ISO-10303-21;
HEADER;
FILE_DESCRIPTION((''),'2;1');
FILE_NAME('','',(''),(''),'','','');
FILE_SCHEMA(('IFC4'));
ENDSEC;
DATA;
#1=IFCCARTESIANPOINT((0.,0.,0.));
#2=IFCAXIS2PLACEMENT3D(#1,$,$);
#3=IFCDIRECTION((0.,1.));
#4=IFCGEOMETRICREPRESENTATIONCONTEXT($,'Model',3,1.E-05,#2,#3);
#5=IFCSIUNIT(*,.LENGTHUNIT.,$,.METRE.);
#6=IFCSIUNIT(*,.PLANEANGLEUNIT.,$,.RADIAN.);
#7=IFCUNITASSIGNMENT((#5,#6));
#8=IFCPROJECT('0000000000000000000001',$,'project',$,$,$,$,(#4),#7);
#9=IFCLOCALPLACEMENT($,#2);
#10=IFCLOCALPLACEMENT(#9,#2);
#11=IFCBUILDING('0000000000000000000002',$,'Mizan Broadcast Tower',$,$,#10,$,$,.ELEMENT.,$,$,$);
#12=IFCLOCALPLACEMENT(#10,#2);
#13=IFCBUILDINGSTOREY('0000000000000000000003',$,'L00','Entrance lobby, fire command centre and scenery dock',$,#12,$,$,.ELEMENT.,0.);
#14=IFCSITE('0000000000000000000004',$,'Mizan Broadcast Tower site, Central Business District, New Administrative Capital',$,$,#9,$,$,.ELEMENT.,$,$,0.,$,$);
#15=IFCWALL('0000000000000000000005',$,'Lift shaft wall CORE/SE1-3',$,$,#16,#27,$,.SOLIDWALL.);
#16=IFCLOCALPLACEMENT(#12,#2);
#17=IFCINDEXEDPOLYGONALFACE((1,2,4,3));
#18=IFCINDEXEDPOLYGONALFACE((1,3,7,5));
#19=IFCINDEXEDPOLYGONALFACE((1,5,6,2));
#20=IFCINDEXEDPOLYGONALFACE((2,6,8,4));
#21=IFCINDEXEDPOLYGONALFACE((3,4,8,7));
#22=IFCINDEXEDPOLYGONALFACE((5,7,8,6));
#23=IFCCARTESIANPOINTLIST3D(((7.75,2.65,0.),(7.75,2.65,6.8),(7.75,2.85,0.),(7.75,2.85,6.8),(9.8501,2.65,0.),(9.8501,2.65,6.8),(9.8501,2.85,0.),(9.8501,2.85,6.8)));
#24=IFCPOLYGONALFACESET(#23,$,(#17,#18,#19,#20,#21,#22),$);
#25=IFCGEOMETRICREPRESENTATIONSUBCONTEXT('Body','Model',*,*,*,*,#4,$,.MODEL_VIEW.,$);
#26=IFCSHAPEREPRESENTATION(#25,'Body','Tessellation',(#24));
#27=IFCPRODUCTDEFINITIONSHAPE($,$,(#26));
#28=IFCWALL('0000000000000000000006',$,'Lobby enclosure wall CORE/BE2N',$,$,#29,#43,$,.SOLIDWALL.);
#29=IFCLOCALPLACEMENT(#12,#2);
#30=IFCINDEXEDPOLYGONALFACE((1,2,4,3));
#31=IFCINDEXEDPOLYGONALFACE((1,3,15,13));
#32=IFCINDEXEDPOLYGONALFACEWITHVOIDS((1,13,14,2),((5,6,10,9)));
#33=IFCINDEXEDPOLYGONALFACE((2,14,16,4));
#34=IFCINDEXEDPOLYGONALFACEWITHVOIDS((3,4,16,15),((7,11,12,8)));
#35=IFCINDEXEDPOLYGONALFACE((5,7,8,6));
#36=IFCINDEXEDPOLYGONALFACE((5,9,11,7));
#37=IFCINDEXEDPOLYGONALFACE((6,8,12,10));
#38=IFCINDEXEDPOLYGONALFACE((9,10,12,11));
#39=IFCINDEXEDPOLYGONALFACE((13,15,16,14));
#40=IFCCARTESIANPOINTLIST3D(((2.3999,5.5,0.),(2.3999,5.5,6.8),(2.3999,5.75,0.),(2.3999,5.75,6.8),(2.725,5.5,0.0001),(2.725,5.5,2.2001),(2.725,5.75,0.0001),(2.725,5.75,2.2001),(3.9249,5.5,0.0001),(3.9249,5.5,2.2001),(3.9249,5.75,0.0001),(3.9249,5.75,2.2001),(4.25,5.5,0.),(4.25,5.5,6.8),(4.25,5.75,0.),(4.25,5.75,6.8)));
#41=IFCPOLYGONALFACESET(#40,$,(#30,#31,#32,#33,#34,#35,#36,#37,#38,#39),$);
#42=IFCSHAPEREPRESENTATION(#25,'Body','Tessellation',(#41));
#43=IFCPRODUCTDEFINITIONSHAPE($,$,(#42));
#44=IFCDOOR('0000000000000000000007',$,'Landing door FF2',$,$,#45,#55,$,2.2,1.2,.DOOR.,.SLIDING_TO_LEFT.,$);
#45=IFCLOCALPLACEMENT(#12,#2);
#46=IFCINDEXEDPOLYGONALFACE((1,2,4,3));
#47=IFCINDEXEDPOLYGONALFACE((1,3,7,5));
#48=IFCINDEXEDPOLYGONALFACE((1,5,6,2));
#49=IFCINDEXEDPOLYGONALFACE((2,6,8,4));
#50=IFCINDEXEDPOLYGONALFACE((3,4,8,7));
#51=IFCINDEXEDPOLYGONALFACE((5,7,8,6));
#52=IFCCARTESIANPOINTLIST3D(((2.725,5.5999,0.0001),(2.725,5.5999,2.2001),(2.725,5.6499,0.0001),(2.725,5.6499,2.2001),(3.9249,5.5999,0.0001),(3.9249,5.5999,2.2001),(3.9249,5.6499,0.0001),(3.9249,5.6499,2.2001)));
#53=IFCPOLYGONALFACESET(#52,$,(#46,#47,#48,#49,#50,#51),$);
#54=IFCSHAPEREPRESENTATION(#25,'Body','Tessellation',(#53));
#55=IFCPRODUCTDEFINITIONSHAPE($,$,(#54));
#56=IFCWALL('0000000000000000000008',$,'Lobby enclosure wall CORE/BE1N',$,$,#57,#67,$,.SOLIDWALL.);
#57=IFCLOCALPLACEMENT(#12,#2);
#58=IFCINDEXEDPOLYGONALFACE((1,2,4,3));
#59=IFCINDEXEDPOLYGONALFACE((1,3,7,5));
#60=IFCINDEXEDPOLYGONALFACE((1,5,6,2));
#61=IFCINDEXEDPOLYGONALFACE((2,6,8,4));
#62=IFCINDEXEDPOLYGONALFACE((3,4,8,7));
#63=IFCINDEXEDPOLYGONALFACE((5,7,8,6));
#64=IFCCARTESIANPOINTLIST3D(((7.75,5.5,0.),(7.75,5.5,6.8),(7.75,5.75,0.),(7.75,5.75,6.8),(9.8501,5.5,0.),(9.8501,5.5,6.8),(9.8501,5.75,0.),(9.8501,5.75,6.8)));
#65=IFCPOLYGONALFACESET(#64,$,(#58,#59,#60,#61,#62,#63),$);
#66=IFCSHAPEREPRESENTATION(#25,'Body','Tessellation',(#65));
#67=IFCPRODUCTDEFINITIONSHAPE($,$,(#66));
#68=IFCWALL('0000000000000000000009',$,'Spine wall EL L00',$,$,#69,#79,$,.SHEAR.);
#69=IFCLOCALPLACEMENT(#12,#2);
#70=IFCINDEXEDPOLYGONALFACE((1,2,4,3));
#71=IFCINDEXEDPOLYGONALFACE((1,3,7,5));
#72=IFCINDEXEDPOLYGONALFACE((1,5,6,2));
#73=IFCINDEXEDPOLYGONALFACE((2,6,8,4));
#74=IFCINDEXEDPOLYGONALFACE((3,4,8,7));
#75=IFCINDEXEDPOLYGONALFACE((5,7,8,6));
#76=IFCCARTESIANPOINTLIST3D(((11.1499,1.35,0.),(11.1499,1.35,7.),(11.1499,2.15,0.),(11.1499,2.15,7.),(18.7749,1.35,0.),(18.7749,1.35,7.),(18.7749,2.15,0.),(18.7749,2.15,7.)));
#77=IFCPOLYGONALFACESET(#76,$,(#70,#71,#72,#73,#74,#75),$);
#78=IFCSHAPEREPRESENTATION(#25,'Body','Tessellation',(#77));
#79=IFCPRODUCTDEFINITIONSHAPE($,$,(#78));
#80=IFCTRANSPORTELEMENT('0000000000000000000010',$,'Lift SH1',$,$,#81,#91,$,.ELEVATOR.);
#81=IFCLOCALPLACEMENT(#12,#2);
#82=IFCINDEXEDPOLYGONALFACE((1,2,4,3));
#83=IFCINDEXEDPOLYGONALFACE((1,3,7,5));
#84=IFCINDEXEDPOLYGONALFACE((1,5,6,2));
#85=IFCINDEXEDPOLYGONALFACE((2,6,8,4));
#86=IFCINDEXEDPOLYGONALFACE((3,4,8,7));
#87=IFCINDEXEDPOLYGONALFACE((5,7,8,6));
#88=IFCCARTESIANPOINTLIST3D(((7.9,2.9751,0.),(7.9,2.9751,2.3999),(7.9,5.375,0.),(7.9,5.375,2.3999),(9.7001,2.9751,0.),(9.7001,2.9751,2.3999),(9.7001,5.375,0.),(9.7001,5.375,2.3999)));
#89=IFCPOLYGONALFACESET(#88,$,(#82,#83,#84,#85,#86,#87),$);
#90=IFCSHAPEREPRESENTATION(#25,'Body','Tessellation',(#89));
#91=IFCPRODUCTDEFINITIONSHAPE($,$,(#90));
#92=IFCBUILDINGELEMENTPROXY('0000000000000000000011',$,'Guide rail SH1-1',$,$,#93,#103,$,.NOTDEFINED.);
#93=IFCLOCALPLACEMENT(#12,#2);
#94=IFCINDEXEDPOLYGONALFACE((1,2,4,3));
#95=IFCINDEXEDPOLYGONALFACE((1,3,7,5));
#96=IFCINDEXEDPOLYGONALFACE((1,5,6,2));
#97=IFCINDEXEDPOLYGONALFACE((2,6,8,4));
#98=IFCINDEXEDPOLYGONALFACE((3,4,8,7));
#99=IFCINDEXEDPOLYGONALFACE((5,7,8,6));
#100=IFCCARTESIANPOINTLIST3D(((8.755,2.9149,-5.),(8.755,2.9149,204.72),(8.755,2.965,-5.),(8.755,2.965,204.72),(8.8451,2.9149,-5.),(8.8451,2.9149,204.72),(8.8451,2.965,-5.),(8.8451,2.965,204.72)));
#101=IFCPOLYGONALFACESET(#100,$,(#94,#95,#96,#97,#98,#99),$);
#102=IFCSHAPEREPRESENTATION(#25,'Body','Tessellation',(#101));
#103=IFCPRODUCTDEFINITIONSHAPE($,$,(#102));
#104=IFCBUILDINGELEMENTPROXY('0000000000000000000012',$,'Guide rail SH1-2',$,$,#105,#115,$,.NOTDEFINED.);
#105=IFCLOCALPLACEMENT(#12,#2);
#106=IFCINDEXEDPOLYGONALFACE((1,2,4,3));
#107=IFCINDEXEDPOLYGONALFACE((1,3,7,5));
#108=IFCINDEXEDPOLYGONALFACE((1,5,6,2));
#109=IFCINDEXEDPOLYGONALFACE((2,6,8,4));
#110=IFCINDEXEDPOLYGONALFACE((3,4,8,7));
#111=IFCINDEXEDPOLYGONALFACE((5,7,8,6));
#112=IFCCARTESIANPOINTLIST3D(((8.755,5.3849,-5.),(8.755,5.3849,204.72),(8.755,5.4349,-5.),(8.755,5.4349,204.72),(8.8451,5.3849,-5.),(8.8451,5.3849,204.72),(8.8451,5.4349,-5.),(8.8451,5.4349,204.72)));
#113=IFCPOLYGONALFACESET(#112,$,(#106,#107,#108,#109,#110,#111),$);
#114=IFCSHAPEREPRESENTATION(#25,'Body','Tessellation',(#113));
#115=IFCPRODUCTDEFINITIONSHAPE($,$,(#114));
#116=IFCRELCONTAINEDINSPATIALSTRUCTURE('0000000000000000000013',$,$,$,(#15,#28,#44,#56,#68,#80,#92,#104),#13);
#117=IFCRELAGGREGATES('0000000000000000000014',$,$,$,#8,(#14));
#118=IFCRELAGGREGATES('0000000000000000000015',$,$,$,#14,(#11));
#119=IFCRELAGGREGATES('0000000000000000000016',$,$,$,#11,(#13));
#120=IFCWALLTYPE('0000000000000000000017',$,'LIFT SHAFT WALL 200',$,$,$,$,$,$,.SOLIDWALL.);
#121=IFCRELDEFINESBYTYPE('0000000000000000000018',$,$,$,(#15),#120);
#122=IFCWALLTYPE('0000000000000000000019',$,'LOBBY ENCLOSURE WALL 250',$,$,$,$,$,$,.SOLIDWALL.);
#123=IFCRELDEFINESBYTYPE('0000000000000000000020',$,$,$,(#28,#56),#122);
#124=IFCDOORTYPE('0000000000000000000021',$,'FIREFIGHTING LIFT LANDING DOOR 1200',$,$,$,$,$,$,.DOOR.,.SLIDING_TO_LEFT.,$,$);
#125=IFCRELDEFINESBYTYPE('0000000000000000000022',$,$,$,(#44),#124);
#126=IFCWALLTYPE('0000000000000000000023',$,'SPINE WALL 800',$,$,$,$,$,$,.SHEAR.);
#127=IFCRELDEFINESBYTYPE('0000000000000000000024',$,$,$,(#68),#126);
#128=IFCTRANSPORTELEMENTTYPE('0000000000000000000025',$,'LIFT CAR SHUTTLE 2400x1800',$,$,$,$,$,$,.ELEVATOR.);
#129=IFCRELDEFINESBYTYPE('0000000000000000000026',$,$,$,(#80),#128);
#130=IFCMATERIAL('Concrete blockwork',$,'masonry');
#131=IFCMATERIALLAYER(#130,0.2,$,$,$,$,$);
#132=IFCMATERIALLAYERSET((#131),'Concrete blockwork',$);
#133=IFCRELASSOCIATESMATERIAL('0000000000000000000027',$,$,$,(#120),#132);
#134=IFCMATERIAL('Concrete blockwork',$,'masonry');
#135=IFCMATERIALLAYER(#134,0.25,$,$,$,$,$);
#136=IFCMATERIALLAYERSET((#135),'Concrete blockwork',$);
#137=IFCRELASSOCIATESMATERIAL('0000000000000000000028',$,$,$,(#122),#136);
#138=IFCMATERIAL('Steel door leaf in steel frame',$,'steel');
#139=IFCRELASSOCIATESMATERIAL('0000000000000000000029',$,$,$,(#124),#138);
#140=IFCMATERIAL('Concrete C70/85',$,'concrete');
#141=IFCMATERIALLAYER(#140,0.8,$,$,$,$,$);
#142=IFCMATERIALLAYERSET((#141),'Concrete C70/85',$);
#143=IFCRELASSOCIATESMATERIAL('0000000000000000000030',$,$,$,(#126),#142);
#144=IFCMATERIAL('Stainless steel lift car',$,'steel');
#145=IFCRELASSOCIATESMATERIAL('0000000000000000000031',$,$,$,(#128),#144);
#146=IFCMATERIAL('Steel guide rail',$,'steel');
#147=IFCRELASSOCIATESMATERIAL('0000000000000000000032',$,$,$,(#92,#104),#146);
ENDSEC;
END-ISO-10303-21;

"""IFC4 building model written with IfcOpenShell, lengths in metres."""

from ifc_helpers import new_model, si_unit, direction, frame, frame_2d, origin, origin_2d, place, context, subcontext, project, spatial, rectangle, extrude, material, layer, layer_set, type_object, element, fill, save


model = new_model("IFC4")

# Units and contexts
model_context = context("Model", 3, precision=1e-05, world=origin(), true_north=direction((0.0, 1.0)))
body_context = subcontext(model_context, "Body", "Model", "MODEL_VIEW")
ifc_project = project(units=[si_unit("LENGTHUNIT", "METRE"), si_unit("PLANEANGLEUNIT", "RADIAN")], contexts=[model_context])

# Site, building, storey
site_placement = place(None, origin())
site = spatial("IfcSite", under=ifc_project, at=site_placement, Name="Mizan Broadcast Tower site, Central Business District, New Administrative Capital", CompositionType="ELEMENT", RefElevation=0.0)
building_placement = place(site_placement, origin())
building = spatial("IfcBuilding", under=site, at=building_placement, Name="Mizan Broadcast Tower", CompositionType="ELEMENT")
storey_placement = place(building_placement, origin())
storey = spatial("IfcBuildingStorey", under=building, at=storey_placement, Name="L00", Description="Entrance lobby, fire command centre and scenery dock", CompositionType="ELEMENT", Elevation=0.0)

# Wall
ifc_material_1 = material(Name="Concrete blockwork", Category="masonry")
ifc_layer_1 = layer(ifc_material_1, 0.2)
ifc_layer_set_1 = layer_set([ifc_layer_1], Name="Concrete blockwork")
wall_type_1 = type_object("IfcWallType", Name="LIFT SHAFT WALL 200", PredefinedType="SOLIDWALL", material=ifc_layer_set_1)
wall_1_placement = place(storey_placement, frame((7.75, 2.75, 0.0), z_axis=(0.0, 0.0, 1.0), x_axis=(1.0, 0.0, 0.0)))
element("IfcWall", 1, at=wall_1_placement, inside=storey, type_object=wall_type_1, Name="Lift shaft wall CORE/SE1-3", PredefinedType="SOLIDWALL", context=body_context, shape_type="SweptSolid", body=[
    extrude(rectangle(XDim=2.1001, YDim=0.2, at=frame_2d((1.05, 0.0))), origin(), (0.0, 0.0, 1.0), 6.8),
])

# Wall, opening, door
ifc_material_2 = material(Name="Concrete blockwork", Category="masonry")
ifc_layer_2 = layer(ifc_material_2, 0.25)
ifc_layer_set_2 = layer_set([ifc_layer_2], Name="Concrete blockwork")
wall_type_2 = type_object("IfcWallType", Name="LOBBY ENCLOSURE WALL 250", PredefinedType="SOLIDWALL", material=ifc_layer_set_2)
wall_2_placement = place(storey_placement, frame((2.3999, 5.625, 0.0), z_axis=(0.0, 0.0, 1.0), x_axis=(1.0, 0.0, 0.0)))
wall_2 = element("IfcWall", 2, at=wall_2_placement, inside=storey, type_object=wall_type_2, Name="Lobby enclosure wall CORE/BE2N", PredefinedType="SOLIDWALL", context=body_context, shape_type="SweptSolid", body=[
    extrude(rectangle(XDim=1.8501, YDim=0.25, at=frame_2d((0.925, 0.0))), origin(), (0.0, 0.0, 1.0), 6.8),
])
opening_1_placement = place(wall_2_placement, frame((0.325, 0.0, 0.0)))
opening_1 = element("IfcOpeningElement", 3, at=opening_1_placement, cuts=wall_2, PredefinedType="OPENING", context=body_context, shape_type="SweptSolid", body=[
    extrude(rectangle(XDim=1.2, YDim=2.2, at=frame_2d((0.6001, 1.1001))), frame((0.0, 0.135, 0.0), z_axis=(0.0, -1.0, 0.0), x_axis=(1.0, 0.0, 0.0)), (0.0, 0.0, 1.0), 0.27),
])
ifc_material_3 = material(Name="Steel door leaf in steel frame", Category="steel")
door_type_1 = type_object("IfcDoorType", Name="FIREFIGHTING LIFT LANDING DOOR 1200", OperationType="SLIDING_TO_LEFT", PredefinedType="DOOR", material=ifc_material_3)
door_1_placement = place(opening_1_placement, origin())
door_1 = element("IfcDoor", 4, at=door_1_placement, inside=storey, type_object=door_type_1, Name="Landing door FF2", OperationType="SLIDING_TO_LEFT", OverallHeight=2.2, OverallWidth=1.2, PredefinedType="DOOR", context=body_context, shape_type="SweptSolid", body=[
    extrude(rectangle(XDim=1.2, YDim=2.2, at=frame_2d((0.6001, 1.1001))), frame((0.0, 0.0249, 0.0), z_axis=(0.0, -1.0, 0.0), x_axis=(1.0, 0.0, 0.0)), (0.0, 0.0, 1.0), 0.05),
])
fill(opening_1, door_1)

# Walls
wall_3_placement = place(storey_placement, frame((7.75, 5.625, 0.0), z_axis=(0.0, 0.0, 1.0), x_axis=(1.0, 0.0, 0.0)))
element("IfcWall", 5, at=wall_3_placement, inside=storey, type_object=wall_type_2, Name="Lobby enclosure wall CORE/BE1N", PredefinedType="SOLIDWALL", context=body_context, shape_type="SweptSolid", body=[
    extrude(rectangle(XDim=2.1001, YDim=0.25, at=frame_2d((1.05, 0.0))), origin(), (0.0, 0.0, 1.0), 6.8),
])
ifc_material_4 = material(Name="Concrete C70/85", Category="concrete")
ifc_layer_3 = layer(ifc_material_4, 0.8)
ifc_layer_set_3 = layer_set([ifc_layer_3], Name="Concrete C70/85")
wall_type_3 = type_object("IfcWallType", Name="SPINE WALL 800", PredefinedType="SHEAR", material=ifc_layer_set_3)
wall_4_placement = place(storey_placement, frame((11.1499, 1.75, 0.0), z_axis=(0.0, 0.0, 1.0), x_axis=(1.0, 0.0, 0.0)))
element("IfcWall", 6, at=wall_4_placement, inside=storey, type_object=wall_type_3, Name="Spine wall EL L00", PredefinedType="SHEAR", context=body_context, shape_type="SweptSolid", body=[
    extrude(rectangle(XDim=7.625, YDim=0.8, at=frame_2d((3.8125, 0.0))), origin(), (0.0, 0.0, 1.0), 7.0),
])

# Transport element
ifc_material_5 = material(Name="Stainless steel lift car", Category="steel")
transport_element_type = type_object("IfcTransportElementType", Name="LIFT CAR SHUTTLE 2400x1800", PredefinedType="ELEVATOR", material=ifc_material_5)
transport_element_placement = place(storey_placement, frame((8.8, 4.175, 0.0), z_axis=(0.0, 0.0, 1.0), x_axis=(1.0, 0.0, 0.0)))
element("IfcTransportElement", 7, at=transport_element_placement, inside=storey, type_object=transport_element_type, Name="Lift SH1", PredefinedType="ELEVATOR", context=body_context, shape_type="SweptSolid", body=[
    extrude(rectangle(XDim=1.8, YDim=2.3999, at=origin_2d()), origin(), (0.0, 0.0, 1.0), 2.3999),
])

# Building element proxies
ifc_material_6 = material(Name="Steel guide rail", Category="steel")
for number, where, z_axis, x_axis, name in (
    (8, (8.8, 2.9399, -5.0), (0.0, 0.0, 1.0), (1.0, 0.0, 0.0), "Guide rail SH1-1"),
    (9, (8.8, 5.4099, -5.0), (0.0, 0.0, 1.0), (1.0, 0.0, 0.0), "Guide rail SH1-2"),
):
    element("IfcBuildingElementProxy", number, at=place(storey_placement, frame(where, z_axis=z_axis, x_axis=x_axis)), inside=storey, material=ifc_material_6, Name=name, PredefinedType="NOTDEFINED", context=body_context, shape_type="SweptSolid", body=[
        extrude(rectangle(XDim=0.0901, YDim=0.05, at=origin_2d()), origin(), (0.0, 0.0, 1.0), 209.72),
    ])

save(model, "model.ifc")
